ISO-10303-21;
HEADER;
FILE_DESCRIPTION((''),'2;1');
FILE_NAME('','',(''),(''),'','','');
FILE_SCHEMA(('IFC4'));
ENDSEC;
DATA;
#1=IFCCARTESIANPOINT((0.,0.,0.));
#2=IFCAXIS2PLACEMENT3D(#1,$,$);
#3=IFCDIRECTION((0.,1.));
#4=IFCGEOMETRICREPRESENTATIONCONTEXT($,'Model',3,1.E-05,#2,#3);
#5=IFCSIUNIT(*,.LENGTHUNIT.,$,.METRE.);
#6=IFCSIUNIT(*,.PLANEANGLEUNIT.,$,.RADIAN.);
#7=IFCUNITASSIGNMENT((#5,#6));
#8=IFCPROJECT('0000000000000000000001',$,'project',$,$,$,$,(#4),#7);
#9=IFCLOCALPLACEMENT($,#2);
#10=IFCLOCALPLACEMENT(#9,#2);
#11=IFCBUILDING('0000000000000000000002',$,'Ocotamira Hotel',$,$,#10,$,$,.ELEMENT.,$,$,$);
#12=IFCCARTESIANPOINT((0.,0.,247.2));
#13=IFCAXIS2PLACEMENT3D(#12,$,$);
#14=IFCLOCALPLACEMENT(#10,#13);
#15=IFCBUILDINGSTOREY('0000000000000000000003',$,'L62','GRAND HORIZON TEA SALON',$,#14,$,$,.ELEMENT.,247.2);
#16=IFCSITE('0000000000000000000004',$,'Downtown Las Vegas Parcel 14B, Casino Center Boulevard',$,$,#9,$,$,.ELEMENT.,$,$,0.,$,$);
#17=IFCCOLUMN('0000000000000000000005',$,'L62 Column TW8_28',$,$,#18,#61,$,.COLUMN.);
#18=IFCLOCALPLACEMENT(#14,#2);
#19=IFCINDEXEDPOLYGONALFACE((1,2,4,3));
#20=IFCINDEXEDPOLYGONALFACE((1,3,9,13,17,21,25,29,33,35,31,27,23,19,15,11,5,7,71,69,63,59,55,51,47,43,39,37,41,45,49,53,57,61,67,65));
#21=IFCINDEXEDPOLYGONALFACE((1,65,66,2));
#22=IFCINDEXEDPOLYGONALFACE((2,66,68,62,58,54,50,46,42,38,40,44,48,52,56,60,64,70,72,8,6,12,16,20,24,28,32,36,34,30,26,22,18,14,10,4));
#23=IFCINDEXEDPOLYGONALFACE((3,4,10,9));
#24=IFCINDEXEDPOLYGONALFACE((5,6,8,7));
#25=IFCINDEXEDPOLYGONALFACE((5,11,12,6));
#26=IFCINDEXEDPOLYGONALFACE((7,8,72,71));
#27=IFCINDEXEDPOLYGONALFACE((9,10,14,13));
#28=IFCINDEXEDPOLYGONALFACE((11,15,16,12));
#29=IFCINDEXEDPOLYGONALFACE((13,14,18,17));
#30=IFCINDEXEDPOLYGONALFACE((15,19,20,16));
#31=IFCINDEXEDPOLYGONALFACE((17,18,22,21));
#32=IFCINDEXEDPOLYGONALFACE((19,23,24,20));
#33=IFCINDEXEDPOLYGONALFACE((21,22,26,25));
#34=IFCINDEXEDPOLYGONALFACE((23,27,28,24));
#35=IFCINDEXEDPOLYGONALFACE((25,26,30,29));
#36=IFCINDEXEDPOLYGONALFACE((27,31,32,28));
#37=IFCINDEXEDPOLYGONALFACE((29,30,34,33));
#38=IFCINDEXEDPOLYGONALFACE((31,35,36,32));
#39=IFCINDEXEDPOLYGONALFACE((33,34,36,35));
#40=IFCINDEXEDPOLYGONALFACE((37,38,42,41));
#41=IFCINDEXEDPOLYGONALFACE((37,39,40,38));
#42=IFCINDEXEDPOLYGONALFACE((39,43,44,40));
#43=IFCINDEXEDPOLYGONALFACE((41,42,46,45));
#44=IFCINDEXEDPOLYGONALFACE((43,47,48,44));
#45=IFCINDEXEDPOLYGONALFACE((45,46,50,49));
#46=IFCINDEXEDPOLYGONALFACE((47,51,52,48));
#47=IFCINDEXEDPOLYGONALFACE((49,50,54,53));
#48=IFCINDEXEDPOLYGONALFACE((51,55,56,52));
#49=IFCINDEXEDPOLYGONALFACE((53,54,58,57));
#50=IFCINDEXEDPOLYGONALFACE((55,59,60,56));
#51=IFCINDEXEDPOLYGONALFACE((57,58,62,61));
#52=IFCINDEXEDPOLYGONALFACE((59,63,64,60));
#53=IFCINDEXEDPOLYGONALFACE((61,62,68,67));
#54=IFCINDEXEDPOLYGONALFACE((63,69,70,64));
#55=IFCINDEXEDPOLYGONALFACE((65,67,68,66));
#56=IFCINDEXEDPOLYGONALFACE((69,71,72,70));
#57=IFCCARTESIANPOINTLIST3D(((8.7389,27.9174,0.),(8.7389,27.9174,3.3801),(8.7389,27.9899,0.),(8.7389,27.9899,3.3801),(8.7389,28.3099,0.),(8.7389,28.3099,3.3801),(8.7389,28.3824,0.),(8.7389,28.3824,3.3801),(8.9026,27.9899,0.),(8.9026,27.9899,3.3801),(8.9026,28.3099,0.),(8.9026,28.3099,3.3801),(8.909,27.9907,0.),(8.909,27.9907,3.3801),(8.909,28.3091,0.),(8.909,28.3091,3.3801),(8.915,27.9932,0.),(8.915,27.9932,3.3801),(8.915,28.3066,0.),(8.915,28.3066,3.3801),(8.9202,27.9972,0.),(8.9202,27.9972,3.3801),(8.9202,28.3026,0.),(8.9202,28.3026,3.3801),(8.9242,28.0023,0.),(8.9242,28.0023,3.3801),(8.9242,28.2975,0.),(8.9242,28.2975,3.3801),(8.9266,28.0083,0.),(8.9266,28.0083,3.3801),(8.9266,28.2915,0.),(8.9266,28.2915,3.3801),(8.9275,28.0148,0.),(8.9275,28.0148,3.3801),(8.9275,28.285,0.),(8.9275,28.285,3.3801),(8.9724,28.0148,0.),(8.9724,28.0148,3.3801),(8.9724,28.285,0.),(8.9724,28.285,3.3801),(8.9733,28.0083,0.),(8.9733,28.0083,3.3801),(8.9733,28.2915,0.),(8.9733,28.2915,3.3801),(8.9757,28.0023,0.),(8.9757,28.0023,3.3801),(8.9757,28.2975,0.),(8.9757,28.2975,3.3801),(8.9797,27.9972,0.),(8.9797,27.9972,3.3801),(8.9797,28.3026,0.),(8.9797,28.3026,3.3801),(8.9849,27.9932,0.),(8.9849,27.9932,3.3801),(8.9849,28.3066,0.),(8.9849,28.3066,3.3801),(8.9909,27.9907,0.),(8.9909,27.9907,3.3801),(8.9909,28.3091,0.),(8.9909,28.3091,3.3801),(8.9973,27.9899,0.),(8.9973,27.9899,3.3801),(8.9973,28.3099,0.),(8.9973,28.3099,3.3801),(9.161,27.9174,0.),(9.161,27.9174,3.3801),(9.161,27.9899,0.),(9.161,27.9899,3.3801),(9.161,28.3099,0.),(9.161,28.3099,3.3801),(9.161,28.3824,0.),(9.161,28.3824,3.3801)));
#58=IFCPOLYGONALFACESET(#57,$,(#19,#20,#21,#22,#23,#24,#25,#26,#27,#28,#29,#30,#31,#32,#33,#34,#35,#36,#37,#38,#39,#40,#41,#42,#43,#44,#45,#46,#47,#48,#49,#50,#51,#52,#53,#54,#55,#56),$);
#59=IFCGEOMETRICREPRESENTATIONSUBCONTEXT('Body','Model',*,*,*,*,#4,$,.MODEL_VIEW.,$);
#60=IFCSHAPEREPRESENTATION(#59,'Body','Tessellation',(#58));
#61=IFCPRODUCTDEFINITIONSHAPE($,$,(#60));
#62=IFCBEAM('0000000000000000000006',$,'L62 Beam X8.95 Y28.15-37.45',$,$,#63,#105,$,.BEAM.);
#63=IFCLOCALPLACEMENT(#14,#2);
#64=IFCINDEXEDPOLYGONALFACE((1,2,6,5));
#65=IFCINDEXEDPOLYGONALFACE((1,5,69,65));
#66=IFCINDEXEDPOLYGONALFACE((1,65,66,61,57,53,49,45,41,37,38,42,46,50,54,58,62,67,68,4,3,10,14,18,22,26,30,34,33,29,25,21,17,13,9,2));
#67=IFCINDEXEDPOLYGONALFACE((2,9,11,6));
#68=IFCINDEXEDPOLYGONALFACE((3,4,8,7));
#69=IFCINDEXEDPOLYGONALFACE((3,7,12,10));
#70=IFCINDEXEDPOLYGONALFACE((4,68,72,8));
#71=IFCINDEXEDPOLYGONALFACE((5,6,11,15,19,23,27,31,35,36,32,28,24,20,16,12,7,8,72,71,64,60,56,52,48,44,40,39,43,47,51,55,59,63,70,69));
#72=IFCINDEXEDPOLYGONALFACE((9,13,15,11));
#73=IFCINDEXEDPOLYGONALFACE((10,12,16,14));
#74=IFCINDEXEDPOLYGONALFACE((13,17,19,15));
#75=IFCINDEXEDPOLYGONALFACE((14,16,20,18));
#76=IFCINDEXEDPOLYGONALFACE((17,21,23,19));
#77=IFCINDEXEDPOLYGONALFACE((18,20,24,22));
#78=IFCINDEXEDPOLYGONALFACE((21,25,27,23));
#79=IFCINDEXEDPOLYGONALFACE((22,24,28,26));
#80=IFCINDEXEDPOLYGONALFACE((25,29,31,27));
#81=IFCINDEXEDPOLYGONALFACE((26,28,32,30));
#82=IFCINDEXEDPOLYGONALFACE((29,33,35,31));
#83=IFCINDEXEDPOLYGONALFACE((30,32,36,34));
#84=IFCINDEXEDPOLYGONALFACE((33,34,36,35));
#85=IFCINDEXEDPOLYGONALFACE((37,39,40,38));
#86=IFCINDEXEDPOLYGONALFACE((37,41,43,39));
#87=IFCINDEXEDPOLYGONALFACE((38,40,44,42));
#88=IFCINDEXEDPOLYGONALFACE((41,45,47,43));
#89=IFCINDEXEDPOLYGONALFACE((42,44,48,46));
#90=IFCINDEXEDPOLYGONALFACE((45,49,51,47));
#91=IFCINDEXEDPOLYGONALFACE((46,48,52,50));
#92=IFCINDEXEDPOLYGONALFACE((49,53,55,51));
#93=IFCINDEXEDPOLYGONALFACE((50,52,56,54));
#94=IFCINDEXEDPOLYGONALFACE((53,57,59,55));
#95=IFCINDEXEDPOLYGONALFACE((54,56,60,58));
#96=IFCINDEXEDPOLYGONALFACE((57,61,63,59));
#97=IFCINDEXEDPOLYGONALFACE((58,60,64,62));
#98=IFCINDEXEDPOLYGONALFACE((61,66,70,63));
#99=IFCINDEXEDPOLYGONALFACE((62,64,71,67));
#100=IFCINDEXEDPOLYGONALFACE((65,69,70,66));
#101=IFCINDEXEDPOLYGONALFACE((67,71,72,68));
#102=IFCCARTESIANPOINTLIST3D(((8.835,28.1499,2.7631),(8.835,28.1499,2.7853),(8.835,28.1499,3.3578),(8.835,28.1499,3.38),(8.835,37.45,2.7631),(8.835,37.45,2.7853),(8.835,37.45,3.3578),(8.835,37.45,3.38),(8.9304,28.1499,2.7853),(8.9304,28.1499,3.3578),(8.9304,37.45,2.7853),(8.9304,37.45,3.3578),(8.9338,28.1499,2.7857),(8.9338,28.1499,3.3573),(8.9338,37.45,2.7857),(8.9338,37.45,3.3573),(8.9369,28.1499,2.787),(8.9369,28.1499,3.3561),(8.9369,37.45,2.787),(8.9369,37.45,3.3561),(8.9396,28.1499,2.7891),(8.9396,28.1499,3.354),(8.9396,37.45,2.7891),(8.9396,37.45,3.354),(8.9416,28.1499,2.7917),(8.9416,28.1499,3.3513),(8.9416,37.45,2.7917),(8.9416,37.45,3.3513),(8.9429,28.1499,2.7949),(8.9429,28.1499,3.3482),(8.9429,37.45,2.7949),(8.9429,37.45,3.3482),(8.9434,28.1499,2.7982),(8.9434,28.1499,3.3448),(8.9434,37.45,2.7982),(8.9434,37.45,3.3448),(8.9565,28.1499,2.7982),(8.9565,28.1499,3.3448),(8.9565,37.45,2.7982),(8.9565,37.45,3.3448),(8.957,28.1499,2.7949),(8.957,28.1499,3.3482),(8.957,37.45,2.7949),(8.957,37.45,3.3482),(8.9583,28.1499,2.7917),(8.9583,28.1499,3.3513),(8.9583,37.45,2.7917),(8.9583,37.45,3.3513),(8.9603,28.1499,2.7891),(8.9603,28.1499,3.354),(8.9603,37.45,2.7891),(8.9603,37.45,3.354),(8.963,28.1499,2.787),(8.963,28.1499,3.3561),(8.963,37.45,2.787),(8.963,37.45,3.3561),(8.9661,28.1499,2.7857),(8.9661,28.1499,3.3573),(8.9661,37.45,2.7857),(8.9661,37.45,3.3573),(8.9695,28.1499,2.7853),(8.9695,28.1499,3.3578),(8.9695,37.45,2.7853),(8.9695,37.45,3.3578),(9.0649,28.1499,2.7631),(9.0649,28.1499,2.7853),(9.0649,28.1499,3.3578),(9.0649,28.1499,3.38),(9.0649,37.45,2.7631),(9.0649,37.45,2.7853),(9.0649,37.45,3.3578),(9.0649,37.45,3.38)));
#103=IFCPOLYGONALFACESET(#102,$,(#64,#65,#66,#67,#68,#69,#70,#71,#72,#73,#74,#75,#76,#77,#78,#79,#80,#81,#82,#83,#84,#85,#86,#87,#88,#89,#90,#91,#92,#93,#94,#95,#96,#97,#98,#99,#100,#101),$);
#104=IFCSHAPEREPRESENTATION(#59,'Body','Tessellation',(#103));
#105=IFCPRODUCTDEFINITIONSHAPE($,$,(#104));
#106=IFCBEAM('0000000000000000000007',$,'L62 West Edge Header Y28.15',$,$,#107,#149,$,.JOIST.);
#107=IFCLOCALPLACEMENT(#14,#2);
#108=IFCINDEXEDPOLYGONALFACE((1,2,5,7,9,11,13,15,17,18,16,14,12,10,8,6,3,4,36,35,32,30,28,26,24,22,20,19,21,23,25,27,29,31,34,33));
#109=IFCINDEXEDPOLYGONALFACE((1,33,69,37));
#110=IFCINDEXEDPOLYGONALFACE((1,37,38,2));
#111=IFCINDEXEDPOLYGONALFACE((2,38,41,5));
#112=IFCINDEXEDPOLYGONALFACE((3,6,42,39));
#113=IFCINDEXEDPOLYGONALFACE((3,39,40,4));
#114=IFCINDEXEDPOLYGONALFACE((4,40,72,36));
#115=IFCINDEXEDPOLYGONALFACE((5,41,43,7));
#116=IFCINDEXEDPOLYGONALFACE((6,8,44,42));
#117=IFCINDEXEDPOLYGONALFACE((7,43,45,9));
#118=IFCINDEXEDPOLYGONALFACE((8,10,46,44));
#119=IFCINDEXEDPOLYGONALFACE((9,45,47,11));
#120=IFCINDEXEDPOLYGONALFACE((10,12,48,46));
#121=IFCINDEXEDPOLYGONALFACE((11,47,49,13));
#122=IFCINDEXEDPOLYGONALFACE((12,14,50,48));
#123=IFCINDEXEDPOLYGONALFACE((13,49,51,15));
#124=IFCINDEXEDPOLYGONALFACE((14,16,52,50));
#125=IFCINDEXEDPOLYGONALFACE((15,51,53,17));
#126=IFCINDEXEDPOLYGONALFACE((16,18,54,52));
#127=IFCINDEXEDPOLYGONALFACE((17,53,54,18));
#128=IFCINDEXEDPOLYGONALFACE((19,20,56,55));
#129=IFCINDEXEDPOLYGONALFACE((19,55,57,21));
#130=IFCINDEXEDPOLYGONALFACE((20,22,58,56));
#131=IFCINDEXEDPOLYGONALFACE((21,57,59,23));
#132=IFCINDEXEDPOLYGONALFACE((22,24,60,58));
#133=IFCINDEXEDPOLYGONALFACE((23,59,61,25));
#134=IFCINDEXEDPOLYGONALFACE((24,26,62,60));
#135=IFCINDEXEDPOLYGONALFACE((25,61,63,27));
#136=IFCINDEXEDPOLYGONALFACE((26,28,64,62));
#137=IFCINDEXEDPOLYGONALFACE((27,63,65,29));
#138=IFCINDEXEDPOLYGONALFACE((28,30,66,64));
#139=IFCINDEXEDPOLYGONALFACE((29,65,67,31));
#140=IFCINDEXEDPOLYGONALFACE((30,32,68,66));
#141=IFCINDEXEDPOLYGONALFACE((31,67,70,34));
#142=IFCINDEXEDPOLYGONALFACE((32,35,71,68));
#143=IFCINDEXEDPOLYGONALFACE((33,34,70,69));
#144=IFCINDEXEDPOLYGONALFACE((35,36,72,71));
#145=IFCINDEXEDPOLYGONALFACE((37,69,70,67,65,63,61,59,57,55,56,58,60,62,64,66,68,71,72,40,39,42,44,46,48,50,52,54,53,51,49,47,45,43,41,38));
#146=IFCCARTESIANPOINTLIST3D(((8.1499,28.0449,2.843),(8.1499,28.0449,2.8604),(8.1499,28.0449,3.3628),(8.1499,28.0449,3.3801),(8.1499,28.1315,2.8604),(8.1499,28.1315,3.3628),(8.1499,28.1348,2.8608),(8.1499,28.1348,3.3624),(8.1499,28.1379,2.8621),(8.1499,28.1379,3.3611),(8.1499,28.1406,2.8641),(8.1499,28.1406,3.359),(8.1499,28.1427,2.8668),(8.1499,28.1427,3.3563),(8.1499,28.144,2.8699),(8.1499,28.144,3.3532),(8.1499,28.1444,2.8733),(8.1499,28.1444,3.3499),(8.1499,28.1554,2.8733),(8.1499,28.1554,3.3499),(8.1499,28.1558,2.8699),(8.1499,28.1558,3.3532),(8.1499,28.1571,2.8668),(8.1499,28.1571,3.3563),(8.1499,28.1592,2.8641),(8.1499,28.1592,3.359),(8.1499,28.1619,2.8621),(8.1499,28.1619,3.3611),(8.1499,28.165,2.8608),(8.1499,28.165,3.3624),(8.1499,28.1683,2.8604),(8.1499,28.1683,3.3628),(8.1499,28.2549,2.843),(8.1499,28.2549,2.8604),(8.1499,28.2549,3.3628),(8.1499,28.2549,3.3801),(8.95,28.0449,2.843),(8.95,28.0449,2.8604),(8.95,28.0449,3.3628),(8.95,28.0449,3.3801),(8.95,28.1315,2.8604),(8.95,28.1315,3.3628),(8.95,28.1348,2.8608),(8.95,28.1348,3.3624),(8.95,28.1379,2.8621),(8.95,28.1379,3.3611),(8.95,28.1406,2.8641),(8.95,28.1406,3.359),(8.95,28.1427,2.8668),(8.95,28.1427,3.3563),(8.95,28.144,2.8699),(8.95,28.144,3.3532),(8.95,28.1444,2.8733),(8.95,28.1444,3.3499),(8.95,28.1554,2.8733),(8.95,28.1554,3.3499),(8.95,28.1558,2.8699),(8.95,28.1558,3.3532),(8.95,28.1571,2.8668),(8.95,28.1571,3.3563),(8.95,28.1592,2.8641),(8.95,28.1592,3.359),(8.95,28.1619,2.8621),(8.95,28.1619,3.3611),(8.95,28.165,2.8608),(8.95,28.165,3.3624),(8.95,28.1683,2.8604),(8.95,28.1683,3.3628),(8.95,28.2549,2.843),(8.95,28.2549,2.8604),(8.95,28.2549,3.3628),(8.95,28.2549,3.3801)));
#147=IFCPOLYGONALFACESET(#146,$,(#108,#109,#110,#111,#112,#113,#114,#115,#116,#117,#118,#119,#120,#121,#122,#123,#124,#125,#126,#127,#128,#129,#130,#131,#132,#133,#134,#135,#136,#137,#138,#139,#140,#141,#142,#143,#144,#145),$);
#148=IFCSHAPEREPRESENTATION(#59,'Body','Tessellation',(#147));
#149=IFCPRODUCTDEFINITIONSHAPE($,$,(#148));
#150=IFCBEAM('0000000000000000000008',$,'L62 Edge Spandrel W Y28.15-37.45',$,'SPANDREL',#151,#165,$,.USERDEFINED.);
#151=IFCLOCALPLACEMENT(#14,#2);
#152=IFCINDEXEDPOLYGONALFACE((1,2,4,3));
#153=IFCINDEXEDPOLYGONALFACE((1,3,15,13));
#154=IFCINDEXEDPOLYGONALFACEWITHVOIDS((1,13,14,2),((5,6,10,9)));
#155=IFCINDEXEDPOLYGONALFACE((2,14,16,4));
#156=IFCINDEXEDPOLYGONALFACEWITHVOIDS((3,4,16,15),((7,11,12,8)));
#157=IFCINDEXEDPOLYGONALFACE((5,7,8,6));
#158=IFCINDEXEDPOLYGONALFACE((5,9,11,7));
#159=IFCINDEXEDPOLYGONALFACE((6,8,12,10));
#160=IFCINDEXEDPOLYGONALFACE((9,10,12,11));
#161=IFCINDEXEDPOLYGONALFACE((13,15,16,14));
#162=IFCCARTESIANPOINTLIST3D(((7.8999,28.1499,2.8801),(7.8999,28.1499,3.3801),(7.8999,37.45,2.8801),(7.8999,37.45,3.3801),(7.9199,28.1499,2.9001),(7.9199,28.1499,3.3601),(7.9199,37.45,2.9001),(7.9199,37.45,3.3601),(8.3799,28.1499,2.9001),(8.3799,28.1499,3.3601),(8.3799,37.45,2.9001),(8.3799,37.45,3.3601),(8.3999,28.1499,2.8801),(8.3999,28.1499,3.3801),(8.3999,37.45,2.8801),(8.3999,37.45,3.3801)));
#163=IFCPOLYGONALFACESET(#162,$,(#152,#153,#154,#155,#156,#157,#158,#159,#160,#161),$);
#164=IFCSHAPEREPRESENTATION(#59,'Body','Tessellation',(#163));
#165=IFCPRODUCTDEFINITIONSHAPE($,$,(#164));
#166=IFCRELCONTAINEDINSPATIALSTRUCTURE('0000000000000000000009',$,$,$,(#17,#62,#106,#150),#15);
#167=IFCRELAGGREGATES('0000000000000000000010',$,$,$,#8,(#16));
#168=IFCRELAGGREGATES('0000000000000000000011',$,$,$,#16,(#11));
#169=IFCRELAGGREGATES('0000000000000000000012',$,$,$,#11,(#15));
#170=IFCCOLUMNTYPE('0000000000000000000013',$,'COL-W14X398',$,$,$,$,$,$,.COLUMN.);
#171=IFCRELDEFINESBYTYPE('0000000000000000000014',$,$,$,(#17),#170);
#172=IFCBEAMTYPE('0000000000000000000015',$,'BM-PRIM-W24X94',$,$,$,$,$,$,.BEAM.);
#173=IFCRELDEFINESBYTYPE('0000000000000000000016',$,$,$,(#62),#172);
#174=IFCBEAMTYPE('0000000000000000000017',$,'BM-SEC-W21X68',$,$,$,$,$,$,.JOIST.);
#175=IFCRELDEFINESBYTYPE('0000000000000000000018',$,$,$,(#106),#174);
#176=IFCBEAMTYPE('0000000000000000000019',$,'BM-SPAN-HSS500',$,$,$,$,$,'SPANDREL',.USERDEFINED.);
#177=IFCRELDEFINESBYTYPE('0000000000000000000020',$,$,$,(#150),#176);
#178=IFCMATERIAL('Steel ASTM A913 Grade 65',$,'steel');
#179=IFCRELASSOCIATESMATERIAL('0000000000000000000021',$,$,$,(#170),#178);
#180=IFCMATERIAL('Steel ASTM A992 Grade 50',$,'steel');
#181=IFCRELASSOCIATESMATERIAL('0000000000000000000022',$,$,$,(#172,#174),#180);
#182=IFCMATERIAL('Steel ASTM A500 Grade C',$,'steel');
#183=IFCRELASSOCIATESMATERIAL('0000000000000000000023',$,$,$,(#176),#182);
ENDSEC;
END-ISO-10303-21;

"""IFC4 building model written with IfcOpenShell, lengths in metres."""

from ifc_helpers import new_model, si_unit, direction, frame, origin, origin_2d, place, context, subcontext, project, spatial, hollow_rectangle, i_section, extrude, source, transform, mapped, material, material_profile, profile_set, type_object, element, save


model = new_model("IFC4")

# Units and contexts
model_context = context("Model", 3, precision=1e-05, world=origin(), true_north=direction((0.0, 1.0)))
body_context = subcontext(model_context, "Body", "Model", "MODEL_VIEW")
ifc_project = project(units=[si_unit("LENGTHUNIT", "METRE"), si_unit("PLANEANGLEUNIT", "RADIAN")], contexts=[model_context])

# Site, building, storey
site_placement = place(None, origin())
site = spatial("IfcSite", under=ifc_project, at=site_placement, Name="Downtown Las Vegas Parcel 14B, Casino Center Boulevard", CompositionType="ELEMENT", RefElevation=0.0)
building_placement = place(site_placement, origin())
building = spatial("IfcBuilding", under=site, at=building_placement, Name="Ocotamira Hotel", CompositionType="ELEMENT")
storey_placement = place(building_placement, frame((0.0, 0.0, 247.2)))
storey = spatial("IfcBuildingStorey", under=building, at=storey_placement, Name="L62", Description="GRAND HORIZON TEA SALON", CompositionType="ELEMENT", Elevation=247.2)

# Column
ifc_material_1 = material(Name="Steel ASTM A913 Grade 65", Category="steel")
ifc_material_profile_1 = material_profile(ifc_material_1, i_section(OverallWidth=0.4221, OverallDepth=0.4651, WebThickness=0.0449, FlangeThickness=0.0725, FilletRadius=0.0249, at=origin_2d()), Name="W14X398")
ifc_profile_set_1 = profile_set([ifc_material_profile_1], Name="Steel ASTM A913 Grade 65")
column_type = type_object("IfcColumnType", Name="COL-W14X398", PredefinedType="COLUMN", material=ifc_profile_set_1)
shared_shape_1 = source(origin(), body_context, "Body", "SweptSolid", [
    extrude(i_section(OverallWidth=0.4221, OverallDepth=0.4651, WebThickness=0.0449, FlangeThickness=0.0725, FilletRadius=0.0249, at=origin_2d()), origin(), (0.0, 0.0, 1.0), 3.3801),
])
column_placement = place(storey_placement, frame((8.95, 28.1499, 0.0), z_axis=(0.0, 0.0, 1.0), x_axis=(1.0, 0.0, 0.0)))
element("IfcColumn", 1, at=column_placement, inside=storey, type_object=column_type, Name="L62 Column TW8_28", PredefinedType="COLUMN", context=body_context, shape_type="MappedRepresentation", body=[
    mapped(shared_shape_1, transform((0.0, 0.0, 0.0), scale=1.0)),
])

# Beams
ifc_material_2 = material(Name="Steel ASTM A992 Grade 50", Category="steel")
ifc_material_profile_2 = material_profile(ifc_material_2, i_section(OverallWidth=0.23, OverallDepth=0.6169, WebThickness=0.0132, FlangeThickness=0.0222, FilletRadius=0.0129, at=origin_2d()), Name="W24X94")
ifc_profile_set_2 = profile_set([ifc_material_profile_2], Name="Steel ASTM A992 Grade 50")
beam_type_1 = type_object("IfcBeamType", Name="BM-PRIM-W24X94", PredefinedType="BEAM", material=ifc_profile_set_2)
shared_shape_2 = source(origin(), body_context, "Body", "SweptSolid", [
    extrude(i_section(OverallWidth=0.23, OverallDepth=0.6169, WebThickness=0.0132, FlangeThickness=0.0222, FilletRadius=0.0129, at=origin_2d()), origin(), (0.0, 0.0, 1.0), 9.3),
])
beam_1_placement = place(storey_placement, frame((8.95, 28.1499, 3.0715), z_axis=(0.0, 1.0, 0.0), x_axis=(-1.0, 0.0, 0.0)))
element("IfcBeam", 2, at=beam_1_placement, inside=storey, type_object=beam_type_1, Name="L62 Beam X8.95 Y28.15-37.45", PredefinedType="BEAM", context=body_context, shape_type="MappedRepresentation", body=[
    mapped(shared_shape_2, transform((0.0, 0.0, 0.0), scale=1.0)),
])
ifc_material_profile_3 = material_profile(ifc_material_2, i_section(OverallWidth=0.21, OverallDepth=0.5371, WebThickness=0.011, FlangeThickness=0.0173, FilletRadius=0.0129, at=origin_2d()), Name="W21X68")
ifc_profile_set_3 = profile_set([ifc_material_profile_3], Name="Steel ASTM A992 Grade 50")
beam_type_2 = type_object("IfcBeamType", Name="BM-SEC-W21X68", PredefinedType="JOIST", material=ifc_profile_set_3)
shared_shape_3 = source(origin(), body_context, "Body", "SweptSolid", [
    extrude(i_section(OverallWidth=0.21, OverallDepth=0.5371, WebThickness=0.011, FlangeThickness=0.0173, FilletRadius=0.0129, at=origin_2d()), origin(), (0.0, 0.0, 1.0), 0.8),
])
beam_2_placement = place(storey_placement, frame((8.95, 28.1499, 3.1116), z_axis=(-1.0, 0.0, 0.0), x_axis=(0.0, -1.0, 0.0)))
element("IfcBeam", 3, at=beam_2_placement, inside=storey, type_object=beam_type_2, Name="L62 West Edge Header Y28.15", PredefinedType="JOIST", context=body_context, shape_type="MappedRepresentation", body=[
    mapped(shared_shape_3, transform((0.0, 0.0, 0.0), scale=1.0)),
])
ifc_material_3 = material(Name="Steel ASTM A500 Grade C", Category="steel")
ifc_material_profile_4 = material_profile(ifc_material_3, hollow_rectangle(XDim=0.5, YDim=0.5, WallThickness=0.02, at=origin_2d()), Name="HSS500X500X20")
ifc_profile_set_4 = profile_set([ifc_material_profile_4], Name="Steel ASTM A500 Grade C")
beam_type_3 = type_object("IfcBeamType", Name="BM-SPAN-HSS500", ElementType="SPANDREL", PredefinedType="USERDEFINED", material=ifc_profile_set_4)
shared_shape_4 = source(origin(), body_context, "Body", "SweptSolid", [
    extrude(hollow_rectangle(XDim=0.5, YDim=0.5, WallThickness=0.02, at=origin_2d()), origin(), (0.0, 0.0, 1.0), 9.3),
])
beam_3_placement = place(storey_placement, frame((8.1499, 28.1499, 3.1301), z_axis=(0.0, 1.0, 0.0), x_axis=(-1.0, 0.0, 0.0)))
element("IfcBeam", 4, at=beam_3_placement, inside=storey, type_object=beam_type_3, Name="L62 Edge Spandrel W Y28.15-37.45", ObjectType="SPANDREL", PredefinedType="USERDEFINED", context=body_context, shape_type="MappedRepresentation", body=[
    mapped(shared_shape_4, transform((0.0, 0.0, 0.0), scale=1.0)),
])

save(model, "model.ifc")
